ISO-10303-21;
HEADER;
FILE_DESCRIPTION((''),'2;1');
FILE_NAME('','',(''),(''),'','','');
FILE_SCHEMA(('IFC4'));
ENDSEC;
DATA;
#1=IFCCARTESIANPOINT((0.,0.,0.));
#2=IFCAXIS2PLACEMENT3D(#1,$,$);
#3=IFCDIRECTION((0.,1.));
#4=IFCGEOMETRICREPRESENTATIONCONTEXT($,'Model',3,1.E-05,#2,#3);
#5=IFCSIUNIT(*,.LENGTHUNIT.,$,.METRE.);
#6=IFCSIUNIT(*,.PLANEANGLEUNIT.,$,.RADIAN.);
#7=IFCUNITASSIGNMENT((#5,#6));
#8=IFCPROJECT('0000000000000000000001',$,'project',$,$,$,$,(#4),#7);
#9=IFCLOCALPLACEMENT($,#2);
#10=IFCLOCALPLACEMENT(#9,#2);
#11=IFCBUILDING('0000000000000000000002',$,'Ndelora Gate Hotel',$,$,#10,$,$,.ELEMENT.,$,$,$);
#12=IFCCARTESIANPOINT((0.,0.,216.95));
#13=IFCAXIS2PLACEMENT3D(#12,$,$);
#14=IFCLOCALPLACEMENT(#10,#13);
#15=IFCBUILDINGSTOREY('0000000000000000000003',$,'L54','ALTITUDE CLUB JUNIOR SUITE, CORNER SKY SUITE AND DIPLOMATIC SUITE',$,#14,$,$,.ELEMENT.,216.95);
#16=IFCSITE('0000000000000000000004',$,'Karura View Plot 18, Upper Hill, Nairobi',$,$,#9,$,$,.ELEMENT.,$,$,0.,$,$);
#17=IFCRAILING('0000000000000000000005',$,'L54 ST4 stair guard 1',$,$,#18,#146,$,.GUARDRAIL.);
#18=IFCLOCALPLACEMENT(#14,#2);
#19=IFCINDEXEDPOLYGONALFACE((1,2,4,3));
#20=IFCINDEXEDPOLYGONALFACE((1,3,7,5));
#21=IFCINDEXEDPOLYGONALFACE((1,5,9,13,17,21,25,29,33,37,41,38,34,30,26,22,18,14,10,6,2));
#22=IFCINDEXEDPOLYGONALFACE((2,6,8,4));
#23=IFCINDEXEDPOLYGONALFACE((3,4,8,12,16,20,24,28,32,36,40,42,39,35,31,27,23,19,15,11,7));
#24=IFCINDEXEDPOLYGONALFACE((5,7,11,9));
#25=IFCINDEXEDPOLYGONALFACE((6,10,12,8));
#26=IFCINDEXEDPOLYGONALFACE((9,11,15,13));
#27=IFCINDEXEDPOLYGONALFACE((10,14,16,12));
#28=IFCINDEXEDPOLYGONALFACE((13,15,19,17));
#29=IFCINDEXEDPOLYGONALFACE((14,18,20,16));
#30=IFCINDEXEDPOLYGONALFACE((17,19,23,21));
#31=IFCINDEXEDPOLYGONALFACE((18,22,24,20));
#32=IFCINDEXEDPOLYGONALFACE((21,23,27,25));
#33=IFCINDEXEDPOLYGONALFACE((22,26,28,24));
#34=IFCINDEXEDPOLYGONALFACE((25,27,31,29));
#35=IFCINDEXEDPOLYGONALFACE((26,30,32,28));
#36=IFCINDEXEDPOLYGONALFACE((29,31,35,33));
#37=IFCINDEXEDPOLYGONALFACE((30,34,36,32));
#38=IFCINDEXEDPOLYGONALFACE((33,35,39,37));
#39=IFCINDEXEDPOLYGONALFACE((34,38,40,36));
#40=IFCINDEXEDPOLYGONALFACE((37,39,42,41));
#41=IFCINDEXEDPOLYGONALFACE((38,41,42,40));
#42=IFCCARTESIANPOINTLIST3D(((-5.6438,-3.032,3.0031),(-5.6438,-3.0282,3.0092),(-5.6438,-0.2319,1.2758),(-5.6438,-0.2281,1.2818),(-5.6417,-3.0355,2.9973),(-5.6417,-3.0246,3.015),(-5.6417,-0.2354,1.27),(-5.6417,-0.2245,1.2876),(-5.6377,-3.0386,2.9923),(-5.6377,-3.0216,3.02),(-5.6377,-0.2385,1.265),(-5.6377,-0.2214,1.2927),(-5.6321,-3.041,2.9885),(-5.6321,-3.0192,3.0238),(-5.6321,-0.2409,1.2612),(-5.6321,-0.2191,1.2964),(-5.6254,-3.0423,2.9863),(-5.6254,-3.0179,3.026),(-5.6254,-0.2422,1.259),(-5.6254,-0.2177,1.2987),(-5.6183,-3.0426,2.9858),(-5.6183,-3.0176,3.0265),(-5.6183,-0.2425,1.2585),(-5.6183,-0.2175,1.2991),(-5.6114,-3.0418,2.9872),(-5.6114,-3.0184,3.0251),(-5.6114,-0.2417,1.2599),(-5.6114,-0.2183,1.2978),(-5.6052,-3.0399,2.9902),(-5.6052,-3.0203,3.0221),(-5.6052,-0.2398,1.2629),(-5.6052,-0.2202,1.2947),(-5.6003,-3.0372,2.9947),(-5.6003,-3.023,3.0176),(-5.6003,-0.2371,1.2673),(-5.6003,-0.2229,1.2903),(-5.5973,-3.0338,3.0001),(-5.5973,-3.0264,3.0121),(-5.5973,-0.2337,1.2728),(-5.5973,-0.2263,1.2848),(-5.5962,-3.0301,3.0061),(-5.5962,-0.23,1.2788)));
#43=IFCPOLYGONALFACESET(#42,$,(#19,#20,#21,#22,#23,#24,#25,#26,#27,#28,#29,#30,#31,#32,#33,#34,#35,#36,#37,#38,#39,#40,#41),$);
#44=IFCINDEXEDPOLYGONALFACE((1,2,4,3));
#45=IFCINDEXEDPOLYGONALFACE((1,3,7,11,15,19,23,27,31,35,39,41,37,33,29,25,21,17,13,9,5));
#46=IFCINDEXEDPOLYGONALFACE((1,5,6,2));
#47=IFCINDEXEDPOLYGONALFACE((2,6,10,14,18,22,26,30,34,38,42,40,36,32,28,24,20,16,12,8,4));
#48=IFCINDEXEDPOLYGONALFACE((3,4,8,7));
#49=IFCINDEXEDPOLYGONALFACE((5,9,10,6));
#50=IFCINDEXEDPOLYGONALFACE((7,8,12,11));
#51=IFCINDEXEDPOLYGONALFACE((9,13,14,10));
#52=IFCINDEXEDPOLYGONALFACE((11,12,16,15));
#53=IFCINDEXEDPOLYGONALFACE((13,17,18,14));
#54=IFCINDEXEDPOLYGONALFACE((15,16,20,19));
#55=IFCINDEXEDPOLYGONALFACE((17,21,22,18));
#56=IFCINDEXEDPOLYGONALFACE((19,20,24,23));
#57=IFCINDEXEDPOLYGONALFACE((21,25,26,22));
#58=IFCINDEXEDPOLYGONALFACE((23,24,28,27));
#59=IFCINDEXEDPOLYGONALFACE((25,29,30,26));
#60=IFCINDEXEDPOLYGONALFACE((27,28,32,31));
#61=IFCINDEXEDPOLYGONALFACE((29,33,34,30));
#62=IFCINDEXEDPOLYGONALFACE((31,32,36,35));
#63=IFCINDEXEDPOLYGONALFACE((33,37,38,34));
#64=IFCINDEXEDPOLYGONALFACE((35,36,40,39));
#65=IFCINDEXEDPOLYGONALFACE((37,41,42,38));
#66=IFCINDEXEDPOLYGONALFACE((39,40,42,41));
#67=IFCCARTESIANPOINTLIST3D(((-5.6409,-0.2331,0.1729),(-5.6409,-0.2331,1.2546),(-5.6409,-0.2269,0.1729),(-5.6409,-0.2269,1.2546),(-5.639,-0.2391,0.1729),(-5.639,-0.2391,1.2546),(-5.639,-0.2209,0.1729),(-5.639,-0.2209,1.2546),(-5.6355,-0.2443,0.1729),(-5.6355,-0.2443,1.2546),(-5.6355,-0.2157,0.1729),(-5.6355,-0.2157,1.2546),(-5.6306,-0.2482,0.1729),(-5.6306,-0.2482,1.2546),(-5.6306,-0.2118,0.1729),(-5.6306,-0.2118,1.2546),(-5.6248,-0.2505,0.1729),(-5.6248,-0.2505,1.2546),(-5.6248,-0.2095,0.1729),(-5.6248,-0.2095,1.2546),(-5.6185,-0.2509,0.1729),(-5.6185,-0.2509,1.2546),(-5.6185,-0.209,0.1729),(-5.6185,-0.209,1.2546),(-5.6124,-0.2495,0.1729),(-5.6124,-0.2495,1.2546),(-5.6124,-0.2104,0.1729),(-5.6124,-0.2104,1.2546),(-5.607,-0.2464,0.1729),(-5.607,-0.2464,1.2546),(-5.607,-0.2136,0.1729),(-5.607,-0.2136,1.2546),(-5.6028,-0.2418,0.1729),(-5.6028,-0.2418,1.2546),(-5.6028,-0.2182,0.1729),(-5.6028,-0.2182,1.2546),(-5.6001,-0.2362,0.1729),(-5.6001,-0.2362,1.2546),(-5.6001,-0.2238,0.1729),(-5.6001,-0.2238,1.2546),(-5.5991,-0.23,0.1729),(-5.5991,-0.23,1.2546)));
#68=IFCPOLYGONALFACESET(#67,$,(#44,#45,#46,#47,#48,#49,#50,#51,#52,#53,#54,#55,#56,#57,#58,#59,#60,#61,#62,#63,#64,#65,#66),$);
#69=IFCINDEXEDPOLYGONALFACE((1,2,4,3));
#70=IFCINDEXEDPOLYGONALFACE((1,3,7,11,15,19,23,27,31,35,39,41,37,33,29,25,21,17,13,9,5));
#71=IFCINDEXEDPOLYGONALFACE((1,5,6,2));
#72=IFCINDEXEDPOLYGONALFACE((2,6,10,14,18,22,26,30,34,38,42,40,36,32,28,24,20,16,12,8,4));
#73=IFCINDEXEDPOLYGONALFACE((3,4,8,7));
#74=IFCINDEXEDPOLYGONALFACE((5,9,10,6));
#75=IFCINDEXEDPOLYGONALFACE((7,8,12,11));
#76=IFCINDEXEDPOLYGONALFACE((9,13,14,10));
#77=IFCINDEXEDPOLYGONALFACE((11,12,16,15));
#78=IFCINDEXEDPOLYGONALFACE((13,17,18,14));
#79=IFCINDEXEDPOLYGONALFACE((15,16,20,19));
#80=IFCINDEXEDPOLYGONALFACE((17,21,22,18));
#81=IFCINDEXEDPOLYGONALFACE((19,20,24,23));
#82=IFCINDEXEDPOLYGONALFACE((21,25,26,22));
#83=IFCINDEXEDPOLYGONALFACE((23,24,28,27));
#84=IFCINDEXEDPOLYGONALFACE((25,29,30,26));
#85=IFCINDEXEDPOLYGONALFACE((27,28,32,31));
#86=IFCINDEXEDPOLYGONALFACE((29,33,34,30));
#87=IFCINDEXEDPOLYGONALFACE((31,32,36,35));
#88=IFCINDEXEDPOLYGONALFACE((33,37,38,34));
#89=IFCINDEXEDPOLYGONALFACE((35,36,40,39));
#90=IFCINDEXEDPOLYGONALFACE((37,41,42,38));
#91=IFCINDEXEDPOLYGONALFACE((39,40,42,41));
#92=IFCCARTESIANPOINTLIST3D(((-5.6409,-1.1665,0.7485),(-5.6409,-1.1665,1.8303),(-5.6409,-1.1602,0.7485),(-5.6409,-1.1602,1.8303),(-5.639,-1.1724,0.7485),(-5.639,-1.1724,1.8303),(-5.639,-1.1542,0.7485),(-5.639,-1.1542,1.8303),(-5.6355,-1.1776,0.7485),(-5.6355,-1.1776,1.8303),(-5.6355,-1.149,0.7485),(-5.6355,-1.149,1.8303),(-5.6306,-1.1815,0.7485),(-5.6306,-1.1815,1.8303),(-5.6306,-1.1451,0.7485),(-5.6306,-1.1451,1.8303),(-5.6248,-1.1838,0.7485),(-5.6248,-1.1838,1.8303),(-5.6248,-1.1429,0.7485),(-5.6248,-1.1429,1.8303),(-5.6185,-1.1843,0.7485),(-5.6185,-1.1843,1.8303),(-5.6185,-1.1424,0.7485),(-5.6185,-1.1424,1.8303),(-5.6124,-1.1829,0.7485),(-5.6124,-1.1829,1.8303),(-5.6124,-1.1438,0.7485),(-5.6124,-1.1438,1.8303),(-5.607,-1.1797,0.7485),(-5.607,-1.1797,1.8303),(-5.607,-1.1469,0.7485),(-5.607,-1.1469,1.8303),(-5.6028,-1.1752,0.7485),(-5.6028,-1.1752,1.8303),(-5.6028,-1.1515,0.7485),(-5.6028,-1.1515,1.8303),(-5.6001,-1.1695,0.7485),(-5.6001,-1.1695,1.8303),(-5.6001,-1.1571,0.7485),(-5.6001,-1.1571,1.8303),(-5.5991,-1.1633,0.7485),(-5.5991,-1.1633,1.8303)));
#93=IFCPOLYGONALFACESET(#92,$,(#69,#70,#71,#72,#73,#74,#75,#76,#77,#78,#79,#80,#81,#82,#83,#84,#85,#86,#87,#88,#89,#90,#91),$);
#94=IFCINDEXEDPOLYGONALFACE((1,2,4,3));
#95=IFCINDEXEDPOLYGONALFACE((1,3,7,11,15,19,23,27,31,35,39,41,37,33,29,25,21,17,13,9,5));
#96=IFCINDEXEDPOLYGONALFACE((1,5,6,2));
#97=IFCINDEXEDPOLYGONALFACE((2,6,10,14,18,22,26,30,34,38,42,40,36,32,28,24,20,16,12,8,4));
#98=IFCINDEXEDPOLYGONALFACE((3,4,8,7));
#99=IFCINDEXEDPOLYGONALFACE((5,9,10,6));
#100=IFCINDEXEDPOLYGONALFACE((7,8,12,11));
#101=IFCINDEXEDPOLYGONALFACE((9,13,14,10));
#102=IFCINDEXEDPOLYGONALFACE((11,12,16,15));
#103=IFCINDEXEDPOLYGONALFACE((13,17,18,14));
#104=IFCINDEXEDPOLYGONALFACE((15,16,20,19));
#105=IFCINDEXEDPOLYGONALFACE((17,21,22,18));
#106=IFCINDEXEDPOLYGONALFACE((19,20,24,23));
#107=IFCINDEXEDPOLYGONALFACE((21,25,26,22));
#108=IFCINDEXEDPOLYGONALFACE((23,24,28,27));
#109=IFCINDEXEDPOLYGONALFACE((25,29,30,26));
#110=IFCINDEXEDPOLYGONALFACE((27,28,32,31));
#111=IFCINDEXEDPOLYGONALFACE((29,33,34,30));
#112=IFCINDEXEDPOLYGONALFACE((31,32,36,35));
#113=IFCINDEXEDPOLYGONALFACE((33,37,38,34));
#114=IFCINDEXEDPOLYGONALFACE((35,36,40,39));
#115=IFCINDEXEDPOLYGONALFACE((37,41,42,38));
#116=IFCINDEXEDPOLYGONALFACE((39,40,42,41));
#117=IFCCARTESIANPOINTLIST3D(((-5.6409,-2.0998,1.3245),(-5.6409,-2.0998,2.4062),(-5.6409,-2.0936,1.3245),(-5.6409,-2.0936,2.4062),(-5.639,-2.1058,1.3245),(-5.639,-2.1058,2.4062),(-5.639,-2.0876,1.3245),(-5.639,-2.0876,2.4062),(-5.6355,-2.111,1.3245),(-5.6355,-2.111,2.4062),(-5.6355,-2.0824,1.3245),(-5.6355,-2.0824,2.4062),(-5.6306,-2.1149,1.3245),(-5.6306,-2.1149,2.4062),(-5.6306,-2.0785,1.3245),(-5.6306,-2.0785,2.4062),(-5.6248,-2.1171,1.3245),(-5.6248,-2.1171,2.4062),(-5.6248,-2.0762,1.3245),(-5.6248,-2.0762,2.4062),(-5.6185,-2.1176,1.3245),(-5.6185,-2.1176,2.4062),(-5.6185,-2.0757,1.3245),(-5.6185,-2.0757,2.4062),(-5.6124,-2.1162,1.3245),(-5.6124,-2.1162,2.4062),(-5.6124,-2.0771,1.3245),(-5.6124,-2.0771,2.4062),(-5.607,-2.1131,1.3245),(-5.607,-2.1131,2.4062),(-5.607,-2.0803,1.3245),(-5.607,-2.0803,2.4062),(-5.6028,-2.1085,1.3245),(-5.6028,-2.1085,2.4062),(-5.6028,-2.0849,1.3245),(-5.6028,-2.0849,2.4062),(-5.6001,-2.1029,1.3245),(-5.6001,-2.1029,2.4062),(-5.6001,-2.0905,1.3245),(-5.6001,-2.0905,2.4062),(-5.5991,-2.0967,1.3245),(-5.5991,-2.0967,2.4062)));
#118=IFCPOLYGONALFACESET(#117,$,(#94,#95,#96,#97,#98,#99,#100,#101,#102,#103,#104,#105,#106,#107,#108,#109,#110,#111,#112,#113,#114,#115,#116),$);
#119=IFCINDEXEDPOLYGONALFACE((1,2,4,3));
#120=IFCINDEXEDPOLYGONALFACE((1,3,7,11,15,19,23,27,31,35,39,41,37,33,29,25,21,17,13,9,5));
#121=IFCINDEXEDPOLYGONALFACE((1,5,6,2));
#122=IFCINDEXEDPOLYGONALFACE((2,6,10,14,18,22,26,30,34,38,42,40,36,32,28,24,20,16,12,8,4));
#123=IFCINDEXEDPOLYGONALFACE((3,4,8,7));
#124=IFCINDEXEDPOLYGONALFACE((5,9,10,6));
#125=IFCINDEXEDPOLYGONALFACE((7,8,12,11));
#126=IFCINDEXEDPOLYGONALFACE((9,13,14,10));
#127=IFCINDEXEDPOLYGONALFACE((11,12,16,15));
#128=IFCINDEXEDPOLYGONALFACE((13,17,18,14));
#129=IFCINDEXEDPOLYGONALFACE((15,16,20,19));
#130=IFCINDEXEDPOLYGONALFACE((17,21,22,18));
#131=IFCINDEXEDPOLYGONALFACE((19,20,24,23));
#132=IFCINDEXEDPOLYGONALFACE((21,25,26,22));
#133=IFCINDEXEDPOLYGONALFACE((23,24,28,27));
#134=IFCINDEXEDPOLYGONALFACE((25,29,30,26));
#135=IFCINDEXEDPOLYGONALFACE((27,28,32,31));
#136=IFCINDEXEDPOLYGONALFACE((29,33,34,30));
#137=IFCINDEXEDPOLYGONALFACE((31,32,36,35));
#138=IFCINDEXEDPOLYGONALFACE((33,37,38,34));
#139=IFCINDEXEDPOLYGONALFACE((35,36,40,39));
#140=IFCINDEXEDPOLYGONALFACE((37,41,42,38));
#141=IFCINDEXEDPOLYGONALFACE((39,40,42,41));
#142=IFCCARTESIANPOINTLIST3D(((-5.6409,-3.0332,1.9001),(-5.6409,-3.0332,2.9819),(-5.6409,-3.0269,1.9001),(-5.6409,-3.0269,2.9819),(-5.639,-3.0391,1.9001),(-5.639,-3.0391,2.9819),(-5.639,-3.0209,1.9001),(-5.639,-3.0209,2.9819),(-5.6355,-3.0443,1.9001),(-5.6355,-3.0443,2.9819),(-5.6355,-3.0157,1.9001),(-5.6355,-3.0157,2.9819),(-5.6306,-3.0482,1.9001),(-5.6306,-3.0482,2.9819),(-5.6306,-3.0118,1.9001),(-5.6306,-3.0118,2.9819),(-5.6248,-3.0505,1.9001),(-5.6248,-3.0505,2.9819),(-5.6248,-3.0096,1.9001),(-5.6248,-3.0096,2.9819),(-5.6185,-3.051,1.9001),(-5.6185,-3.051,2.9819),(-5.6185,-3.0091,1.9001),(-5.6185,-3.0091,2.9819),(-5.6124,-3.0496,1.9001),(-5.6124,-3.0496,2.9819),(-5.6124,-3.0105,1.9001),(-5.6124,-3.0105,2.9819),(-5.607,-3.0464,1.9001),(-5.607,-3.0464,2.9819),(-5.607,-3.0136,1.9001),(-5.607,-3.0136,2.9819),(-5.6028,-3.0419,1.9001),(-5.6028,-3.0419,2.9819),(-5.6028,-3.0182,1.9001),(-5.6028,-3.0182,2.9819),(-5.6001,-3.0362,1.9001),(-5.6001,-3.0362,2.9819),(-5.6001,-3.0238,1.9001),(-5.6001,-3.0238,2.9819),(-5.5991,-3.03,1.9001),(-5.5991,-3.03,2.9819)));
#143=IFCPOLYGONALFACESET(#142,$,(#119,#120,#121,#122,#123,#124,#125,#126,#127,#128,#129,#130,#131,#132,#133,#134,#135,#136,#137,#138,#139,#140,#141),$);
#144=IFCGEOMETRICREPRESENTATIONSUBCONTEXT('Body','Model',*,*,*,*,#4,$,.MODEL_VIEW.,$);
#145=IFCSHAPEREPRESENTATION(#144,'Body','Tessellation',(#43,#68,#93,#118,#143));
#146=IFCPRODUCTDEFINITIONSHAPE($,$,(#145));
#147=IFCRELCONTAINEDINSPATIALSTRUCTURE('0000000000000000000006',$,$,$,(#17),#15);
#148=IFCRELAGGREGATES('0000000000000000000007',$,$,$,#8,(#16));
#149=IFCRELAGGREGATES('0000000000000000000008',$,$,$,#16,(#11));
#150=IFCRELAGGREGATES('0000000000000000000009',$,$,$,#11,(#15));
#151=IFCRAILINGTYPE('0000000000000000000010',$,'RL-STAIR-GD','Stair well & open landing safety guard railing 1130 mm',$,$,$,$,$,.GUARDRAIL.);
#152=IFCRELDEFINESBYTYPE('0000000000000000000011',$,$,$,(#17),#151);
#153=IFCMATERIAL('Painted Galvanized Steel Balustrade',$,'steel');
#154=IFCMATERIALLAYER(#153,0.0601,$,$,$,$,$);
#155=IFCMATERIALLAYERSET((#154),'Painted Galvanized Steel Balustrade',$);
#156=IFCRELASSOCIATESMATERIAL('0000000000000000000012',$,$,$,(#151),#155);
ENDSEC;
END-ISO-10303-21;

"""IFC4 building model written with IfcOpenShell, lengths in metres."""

from ifc_helpers import new_model, si_unit, direction, frame, origin, origin_2d, place, context, subcontext, project, spatial, circle, extrude, material, layer, layer_set, type_object, element, save


model = new_model("IFC4")

# Units and contexts
model_context = context("Model", 3, precision=1e-05, world=origin(), true_north=direction((0.0, 1.0)))
body_context = subcontext(model_context, "Body", "Model", "MODEL_VIEW")
ifc_project = project(units=[si_unit("LENGTHUNIT", "METRE"), si_unit("PLANEANGLEUNIT", "RADIAN")], contexts=[model_context])

# Site, building, storey
site_placement = place(None, origin())
site = spatial("IfcSite", under=ifc_project, at=site_placement, Name="Karura View Plot 18, Upper Hill, Nairobi", CompositionType="ELEMENT", RefElevation=0.0)
building_placement = place(site_placement, origin())
building = spatial("IfcBuilding", under=site, at=building_placement, Name="Ndelora Gate Hotel", CompositionType="ELEMENT")
storey_placement = place(building_placement, frame((0.0, 0.0, 216.95)))
storey = spatial("IfcBuildingStorey", under=building, at=storey_placement, Name="L54", Description="ALTITUDE CLUB JUNIOR SUITE, CORNER SKY SUITE AND DIPLOMATIC SUITE", CompositionType="ELEMENT", Elevation=216.95)

# Railing
ifc_material_1 = material(Name="Painted Galvanized Steel Balustrade", Category="steel")
ifc_layer_1 = layer(ifc_material_1, 0.0601)
ifc_layer_set_1 = layer_set([ifc_layer_1], Name="Painted Galvanized Steel Balustrade")
railing_type_1 = type_object("IfcRailingType", Name="RL-STAIR-GD", Description="Stair well & open landing safety guard railing 1130 mm", PredefinedType="GUARDRAIL", material=ifc_layer_set_1)
railing_1_placement = place(storey_placement, frame((-5.6201, -0.23, 0.1729)))
element("IfcRailing", 1, at=railing_1_placement, inside=storey, type_object=railing_type_1, Name="L54 ST4 stair guard 1", PredefinedType="GUARDRAIL", context=body_context, shape_type="SweptSolid", body=[
    extrude(circle(Radius=0.0239, at=origin_2d()), frame((0.0, 0.0, 1.106), z_axis=(0.0, -0.85109, 0.52502), x_axis=(1.0, 0.0, 0.0)), (0.0, 0.0, 1.0), 3.29),
    extrude(circle(Radius=0.021, at=origin_2d()), origin(), (0.0, 0.0, 1.0), 1.0818),
    extrude(circle(Radius=0.021, at=origin_2d()), frame((0.0, -0.9333, 0.5757)), (0.0, 0.0, 1.0), 1.0818),
    extrude(circle(Radius=0.021, at=origin_2d()), frame((0.0, -1.8667, 1.1516)), (0.0, 0.0, 1.0), 1.0818),
    extrude(circle(Radius=0.021, at=origin_2d()), frame((0.0, -2.8, 1.7273)), (0.0, 0.0, 1.0), 1.0818),
])

save(model, "model.ifc")
